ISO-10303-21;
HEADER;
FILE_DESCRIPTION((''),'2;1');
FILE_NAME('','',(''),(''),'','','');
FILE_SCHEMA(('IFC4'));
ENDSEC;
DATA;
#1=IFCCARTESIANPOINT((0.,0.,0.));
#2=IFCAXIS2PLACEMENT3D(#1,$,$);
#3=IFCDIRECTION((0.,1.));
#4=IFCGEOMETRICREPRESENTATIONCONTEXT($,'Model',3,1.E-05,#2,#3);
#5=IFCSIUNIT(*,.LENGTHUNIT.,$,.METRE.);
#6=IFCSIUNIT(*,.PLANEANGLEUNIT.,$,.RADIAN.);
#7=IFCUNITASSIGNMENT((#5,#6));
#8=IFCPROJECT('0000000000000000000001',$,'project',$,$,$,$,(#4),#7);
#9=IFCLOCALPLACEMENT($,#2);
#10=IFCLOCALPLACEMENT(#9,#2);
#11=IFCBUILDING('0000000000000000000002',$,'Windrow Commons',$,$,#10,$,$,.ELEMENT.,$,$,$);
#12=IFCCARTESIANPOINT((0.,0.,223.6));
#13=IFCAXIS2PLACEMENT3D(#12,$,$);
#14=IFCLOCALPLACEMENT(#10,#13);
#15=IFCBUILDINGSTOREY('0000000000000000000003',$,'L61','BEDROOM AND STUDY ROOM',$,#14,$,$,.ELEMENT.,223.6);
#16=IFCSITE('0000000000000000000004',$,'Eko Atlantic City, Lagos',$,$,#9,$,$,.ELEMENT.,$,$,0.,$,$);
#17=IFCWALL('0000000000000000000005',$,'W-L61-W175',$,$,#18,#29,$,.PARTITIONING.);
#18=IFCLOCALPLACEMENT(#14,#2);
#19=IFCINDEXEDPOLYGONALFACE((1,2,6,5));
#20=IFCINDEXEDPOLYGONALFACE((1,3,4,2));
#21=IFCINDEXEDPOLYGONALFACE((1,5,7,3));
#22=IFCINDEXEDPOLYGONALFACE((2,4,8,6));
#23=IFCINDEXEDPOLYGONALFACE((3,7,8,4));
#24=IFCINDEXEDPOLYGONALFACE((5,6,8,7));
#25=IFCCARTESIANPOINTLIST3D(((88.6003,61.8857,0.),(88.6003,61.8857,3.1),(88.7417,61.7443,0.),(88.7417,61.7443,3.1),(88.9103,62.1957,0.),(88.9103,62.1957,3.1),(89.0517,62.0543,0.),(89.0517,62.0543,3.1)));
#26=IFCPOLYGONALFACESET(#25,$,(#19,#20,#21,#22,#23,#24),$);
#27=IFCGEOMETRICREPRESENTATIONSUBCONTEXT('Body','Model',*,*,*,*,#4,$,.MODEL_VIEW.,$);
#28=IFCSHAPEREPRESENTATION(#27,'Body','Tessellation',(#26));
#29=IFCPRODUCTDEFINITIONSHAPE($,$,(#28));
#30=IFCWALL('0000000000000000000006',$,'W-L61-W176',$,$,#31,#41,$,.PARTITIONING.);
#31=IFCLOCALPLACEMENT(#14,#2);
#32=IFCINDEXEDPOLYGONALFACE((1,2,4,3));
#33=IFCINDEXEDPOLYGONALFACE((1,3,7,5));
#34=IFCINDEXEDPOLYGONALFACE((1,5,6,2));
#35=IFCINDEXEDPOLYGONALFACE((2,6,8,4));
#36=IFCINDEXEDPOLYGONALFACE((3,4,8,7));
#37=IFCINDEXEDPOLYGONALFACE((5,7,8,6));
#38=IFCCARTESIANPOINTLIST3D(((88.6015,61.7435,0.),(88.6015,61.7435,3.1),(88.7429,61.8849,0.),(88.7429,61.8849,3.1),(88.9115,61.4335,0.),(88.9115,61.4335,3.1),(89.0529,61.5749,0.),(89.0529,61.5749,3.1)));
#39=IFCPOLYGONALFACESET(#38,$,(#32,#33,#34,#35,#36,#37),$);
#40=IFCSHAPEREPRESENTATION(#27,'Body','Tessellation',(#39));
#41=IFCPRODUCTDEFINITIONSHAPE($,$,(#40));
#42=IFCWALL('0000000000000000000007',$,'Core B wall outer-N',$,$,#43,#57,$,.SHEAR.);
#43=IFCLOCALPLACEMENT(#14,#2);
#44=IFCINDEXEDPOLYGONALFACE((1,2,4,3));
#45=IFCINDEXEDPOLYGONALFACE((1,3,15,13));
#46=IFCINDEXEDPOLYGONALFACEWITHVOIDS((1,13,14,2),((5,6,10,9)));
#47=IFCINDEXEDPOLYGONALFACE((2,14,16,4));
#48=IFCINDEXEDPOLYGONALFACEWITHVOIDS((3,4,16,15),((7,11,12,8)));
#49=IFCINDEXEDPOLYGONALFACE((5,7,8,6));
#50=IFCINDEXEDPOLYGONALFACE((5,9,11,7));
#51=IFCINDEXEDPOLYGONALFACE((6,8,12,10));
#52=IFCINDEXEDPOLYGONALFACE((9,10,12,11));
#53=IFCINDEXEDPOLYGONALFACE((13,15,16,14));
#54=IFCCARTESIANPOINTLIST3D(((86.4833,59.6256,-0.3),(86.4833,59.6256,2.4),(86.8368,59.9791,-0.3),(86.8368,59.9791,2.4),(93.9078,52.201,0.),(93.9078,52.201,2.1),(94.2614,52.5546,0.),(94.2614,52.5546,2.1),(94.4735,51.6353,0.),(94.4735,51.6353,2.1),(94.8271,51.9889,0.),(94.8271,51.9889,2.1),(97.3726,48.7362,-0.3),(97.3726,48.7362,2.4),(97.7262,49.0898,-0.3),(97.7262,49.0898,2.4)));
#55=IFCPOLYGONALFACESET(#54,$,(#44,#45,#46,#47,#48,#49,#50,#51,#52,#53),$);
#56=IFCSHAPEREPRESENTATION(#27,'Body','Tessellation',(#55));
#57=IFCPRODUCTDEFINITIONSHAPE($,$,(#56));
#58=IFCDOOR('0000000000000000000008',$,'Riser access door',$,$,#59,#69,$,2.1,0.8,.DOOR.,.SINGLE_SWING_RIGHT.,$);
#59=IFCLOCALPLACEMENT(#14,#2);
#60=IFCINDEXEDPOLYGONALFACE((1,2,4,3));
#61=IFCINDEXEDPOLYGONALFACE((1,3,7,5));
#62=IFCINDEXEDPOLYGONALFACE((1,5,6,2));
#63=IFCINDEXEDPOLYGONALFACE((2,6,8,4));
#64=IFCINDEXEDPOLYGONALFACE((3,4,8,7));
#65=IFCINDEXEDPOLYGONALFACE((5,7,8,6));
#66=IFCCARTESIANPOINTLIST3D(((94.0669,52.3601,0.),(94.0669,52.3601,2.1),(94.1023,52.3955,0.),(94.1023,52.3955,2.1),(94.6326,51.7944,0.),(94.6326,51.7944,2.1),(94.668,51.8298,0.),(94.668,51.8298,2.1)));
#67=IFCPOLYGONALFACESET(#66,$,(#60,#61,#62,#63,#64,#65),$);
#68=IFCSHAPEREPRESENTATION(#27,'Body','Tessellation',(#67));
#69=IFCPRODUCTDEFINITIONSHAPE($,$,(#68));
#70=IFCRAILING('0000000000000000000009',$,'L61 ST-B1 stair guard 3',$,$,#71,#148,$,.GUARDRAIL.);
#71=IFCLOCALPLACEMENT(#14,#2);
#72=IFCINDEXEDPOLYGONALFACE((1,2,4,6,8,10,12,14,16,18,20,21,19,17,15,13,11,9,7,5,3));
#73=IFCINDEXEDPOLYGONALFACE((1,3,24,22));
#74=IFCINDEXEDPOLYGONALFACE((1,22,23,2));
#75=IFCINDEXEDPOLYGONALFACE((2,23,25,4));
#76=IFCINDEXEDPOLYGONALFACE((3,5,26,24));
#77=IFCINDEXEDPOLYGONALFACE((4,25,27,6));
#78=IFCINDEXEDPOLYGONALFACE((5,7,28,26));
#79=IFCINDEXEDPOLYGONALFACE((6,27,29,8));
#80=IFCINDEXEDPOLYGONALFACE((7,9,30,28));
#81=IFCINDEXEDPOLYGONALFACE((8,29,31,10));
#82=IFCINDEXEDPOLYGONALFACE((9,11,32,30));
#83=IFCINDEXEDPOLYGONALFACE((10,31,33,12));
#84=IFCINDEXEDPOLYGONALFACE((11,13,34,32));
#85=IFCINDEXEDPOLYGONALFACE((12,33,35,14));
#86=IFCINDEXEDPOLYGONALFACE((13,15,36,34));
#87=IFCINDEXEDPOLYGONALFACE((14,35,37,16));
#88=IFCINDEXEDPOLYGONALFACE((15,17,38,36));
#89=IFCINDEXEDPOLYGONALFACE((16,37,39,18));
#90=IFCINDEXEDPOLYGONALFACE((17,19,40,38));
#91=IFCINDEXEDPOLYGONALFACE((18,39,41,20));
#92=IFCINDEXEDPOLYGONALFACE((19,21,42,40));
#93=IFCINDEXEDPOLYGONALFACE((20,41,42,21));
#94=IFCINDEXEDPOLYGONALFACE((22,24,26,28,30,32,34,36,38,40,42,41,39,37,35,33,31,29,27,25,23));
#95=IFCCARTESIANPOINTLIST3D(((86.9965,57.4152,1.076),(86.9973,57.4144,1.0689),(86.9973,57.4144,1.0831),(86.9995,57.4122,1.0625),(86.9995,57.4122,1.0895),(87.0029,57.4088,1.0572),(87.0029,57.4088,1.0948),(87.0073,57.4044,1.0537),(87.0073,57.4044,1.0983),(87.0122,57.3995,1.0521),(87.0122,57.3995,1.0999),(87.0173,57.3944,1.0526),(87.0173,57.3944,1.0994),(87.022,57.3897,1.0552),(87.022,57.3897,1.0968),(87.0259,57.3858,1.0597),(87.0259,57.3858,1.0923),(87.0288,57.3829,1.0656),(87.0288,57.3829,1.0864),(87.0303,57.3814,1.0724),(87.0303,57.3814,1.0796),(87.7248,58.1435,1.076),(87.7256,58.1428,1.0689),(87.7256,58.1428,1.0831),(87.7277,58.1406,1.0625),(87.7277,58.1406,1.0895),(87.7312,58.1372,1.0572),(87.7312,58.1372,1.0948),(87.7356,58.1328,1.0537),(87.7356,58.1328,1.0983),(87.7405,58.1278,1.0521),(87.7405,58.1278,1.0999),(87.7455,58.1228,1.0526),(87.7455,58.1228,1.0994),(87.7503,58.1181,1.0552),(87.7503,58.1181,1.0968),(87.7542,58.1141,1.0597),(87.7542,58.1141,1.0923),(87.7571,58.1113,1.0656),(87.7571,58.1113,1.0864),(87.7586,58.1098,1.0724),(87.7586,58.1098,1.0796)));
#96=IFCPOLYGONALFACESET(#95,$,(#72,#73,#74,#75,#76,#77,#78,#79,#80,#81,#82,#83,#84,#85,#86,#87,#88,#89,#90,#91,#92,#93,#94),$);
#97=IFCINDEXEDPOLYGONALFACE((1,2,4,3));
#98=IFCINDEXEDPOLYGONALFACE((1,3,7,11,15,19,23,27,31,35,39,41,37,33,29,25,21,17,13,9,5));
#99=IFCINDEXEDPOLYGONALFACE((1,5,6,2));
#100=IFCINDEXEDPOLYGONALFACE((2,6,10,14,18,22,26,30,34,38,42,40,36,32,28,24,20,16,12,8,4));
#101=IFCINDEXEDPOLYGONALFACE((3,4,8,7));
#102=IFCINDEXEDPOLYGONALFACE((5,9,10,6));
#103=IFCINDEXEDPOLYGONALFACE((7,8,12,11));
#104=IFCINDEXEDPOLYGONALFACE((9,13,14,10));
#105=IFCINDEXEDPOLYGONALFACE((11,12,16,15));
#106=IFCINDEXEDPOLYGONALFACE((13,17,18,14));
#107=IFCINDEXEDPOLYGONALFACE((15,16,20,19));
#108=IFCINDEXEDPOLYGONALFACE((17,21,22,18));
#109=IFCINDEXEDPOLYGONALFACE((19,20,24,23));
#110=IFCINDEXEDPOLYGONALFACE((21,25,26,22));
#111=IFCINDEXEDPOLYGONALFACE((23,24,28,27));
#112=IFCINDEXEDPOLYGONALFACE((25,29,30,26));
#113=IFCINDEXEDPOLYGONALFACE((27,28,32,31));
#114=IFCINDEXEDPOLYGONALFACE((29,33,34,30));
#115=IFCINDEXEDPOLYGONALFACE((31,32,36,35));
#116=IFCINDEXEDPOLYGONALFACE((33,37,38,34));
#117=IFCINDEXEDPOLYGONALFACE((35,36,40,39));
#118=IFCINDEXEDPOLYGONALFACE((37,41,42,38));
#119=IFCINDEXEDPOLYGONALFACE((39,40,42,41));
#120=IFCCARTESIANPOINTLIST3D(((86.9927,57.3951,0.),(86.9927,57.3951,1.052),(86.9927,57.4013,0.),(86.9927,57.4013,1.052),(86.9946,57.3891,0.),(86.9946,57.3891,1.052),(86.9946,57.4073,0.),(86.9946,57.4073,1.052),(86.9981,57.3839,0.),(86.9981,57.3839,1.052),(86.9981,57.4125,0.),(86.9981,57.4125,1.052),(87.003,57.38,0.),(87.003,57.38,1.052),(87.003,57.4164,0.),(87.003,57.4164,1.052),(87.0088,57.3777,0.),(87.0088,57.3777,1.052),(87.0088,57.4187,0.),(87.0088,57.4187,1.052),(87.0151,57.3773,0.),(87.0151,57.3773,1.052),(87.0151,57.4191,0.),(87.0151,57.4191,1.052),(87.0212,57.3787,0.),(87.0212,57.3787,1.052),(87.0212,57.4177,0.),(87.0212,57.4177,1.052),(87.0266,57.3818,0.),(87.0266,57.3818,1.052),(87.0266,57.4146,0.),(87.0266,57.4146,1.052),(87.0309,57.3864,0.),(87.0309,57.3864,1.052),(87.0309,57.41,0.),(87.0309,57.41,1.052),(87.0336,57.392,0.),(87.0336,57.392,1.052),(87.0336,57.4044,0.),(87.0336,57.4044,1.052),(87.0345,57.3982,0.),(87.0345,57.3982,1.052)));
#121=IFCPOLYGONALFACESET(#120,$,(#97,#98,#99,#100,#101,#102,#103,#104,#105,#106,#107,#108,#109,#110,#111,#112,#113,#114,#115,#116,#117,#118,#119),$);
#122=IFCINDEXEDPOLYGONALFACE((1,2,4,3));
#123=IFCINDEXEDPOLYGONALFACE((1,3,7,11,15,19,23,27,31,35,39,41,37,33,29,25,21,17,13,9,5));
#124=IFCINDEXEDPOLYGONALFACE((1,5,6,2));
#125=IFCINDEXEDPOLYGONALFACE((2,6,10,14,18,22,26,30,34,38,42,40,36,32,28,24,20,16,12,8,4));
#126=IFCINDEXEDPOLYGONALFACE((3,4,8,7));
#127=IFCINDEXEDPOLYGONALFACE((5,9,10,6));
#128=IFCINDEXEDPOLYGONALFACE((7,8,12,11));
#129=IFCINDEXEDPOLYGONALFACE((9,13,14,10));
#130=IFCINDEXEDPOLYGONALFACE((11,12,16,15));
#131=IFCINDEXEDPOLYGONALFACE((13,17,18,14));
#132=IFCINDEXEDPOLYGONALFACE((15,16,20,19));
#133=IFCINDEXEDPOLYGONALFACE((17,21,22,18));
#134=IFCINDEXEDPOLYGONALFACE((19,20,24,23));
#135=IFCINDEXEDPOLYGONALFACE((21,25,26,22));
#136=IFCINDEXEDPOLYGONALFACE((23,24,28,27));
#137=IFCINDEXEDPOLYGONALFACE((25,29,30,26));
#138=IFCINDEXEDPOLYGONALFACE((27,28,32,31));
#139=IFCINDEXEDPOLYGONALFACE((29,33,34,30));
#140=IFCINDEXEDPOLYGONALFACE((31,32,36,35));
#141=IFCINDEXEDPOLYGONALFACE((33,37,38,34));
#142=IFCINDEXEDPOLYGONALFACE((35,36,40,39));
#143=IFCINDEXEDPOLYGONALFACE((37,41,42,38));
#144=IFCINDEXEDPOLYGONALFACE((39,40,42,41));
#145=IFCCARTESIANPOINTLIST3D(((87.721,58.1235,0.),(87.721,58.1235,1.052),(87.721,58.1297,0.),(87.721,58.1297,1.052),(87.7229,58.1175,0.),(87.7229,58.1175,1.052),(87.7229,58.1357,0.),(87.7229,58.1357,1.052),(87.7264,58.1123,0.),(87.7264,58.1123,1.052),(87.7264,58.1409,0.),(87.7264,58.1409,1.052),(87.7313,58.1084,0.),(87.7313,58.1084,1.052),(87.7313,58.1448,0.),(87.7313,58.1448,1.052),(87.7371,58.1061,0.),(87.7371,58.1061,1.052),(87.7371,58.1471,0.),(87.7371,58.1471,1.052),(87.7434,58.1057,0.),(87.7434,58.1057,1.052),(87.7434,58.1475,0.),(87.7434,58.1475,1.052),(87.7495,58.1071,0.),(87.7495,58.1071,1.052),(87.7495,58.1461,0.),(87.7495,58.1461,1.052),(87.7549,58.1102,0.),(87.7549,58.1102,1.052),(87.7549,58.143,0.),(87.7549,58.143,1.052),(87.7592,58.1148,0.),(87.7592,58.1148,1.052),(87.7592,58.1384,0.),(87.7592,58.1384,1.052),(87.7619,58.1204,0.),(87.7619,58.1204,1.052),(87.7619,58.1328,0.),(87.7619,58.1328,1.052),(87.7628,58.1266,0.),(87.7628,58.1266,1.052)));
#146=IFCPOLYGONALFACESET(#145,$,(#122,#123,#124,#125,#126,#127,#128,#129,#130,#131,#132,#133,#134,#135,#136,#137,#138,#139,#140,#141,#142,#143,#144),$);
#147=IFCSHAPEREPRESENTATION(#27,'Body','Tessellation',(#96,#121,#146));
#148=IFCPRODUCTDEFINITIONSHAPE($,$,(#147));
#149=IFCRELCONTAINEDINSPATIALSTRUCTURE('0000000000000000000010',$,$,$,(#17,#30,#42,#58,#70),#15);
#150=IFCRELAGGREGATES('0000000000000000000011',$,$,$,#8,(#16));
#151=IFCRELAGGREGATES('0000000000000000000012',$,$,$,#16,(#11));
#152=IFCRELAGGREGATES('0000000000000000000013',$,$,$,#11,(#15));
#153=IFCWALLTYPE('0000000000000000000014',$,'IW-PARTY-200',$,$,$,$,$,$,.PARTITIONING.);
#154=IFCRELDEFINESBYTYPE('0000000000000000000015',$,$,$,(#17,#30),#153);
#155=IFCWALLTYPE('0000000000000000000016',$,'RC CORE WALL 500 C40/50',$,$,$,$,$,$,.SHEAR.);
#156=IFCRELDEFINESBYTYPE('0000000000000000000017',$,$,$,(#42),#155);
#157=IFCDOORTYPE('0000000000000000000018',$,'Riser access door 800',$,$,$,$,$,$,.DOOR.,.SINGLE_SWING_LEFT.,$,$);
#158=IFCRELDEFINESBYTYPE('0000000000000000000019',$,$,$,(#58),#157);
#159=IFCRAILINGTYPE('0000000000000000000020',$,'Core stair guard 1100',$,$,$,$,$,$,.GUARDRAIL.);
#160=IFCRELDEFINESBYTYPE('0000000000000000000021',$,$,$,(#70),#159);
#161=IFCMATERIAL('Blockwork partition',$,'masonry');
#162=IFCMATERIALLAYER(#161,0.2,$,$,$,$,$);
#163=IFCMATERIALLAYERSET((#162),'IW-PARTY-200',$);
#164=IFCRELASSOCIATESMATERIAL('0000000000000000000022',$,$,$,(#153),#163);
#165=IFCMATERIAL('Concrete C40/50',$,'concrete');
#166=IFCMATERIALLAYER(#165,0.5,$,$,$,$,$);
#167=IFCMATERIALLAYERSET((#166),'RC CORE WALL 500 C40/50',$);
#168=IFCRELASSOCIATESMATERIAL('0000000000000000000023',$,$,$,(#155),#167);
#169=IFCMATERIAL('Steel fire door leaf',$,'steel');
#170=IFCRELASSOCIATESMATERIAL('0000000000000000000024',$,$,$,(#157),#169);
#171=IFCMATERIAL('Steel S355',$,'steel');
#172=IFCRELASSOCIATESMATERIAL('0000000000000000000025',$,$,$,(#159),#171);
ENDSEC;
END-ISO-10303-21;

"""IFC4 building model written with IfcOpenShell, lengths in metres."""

from ifc_helpers import new_model, si_unit, direction, frame, frame_2d, origin, origin_2d, place, context, subcontext, project, spatial, rectangle, circle, extrude, material, layer, layer_set, type_object, element, fill, save


model = new_model("IFC4")

# Units and contexts
model_context = context("Model", 3, precision=1e-05, world=origin(), true_north=direction((0.0, 1.0)))
body_context = subcontext(model_context, "Body", "Model", "MODEL_VIEW")
ifc_project = project(units=[si_unit("LENGTHUNIT", "METRE"), si_unit("PLANEANGLEUNIT", "RADIAN")], contexts=[model_context])

# Site, building, storey
site_placement = place(None, origin())
site = spatial("IfcSite", under=ifc_project, at=site_placement, Name="Eko Atlantic City, Lagos", CompositionType="ELEMENT", RefElevation=0.0)
building_placement = place(site_placement, origin())
building = spatial("IfcBuilding", under=site, at=building_placement, Name="Windrow Commons", CompositionType="ELEMENT")
storey_placement = place(building_placement, frame((0.0, 0.0, 223.6)))
storey = spatial("IfcBuildingStorey", under=building, at=storey_placement, Name="L61", Description="BEDROOM AND STUDY ROOM", CompositionType="ELEMENT", Elevation=223.6)

# Walls
ifc_material_1 = material(Name="Blockwork partition", Category="masonry")
ifc_layer_1 = layer(ifc_material_1, 0.2)
ifc_layer_set_1 = layer_set([ifc_layer_1], Name="IW-PARTY-200")
wall_type_1 = type_object("IfcWallType", Name="IW-PARTY-200", PredefinedType="PARTITIONING", material=ifc_layer_set_1)
for number, where, z_axis, x_axis, name in (
    (1, (88.671, 61.815, 0.0), (0.0, 0.0, 1.0), (0.707107, 0.707107, 0.0), "W-L61-W175"),
    (2, (88.6722, 61.8142, 0.0), (0.0, 0.0, 1.0), (0.707107, -0.707107, 0.0), "W-L61-W176"),
):
    element("IfcWall", number, at=place(storey_placement, frame(where, z_axis=z_axis, x_axis=x_axis)), inside=storey, type_object=wall_type_1, Name=name, PredefinedType="PARTITIONING", context=body_context, shape_type="SweptSolid", body=[
        extrude(rectangle(XDim=0.4384, YDim=0.2, at=frame_2d((0.2192, 0.0))), origin(), (0.0, 0.0, 1.0), 3.1),
    ])

# Wall, opening, door
ifc_material_2 = material(Name="Concrete C40/50", Category="concrete")
ifc_layer_2 = layer(ifc_material_2, 0.5)
ifc_layer_set_2 = layer_set([ifc_layer_2], Name="RC CORE WALL 500 C40/50")
wall_type_2 = type_object("IfcWallType", Name="RC CORE WALL 500 C40/50", PredefinedType="SHEAR", material=ifc_layer_set_2)
wall_1_placement = place(storey_placement, frame((86.66, 59.8024, -0.3), z_axis=(0.0, 0.0, 1.0), x_axis=(0.707107, -0.707107, 0.0)))
wall_1 = element("IfcWall", 3, at=wall_1_placement, inside=storey, type_object=wall_type_2, Name="Core B wall outer-N", PredefinedType="SHEAR", context=body_context, shape_type="SweptSolid", body=[
    extrude(rectangle(XDim=15.3999, YDim=0.5, at=frame_2d((7.7, 0.0))), origin(), (0.0, 0.0, 1.0), 2.7),
])
opening_1_placement = place(wall_1_placement, frame((10.5, 0.0, 0.3)))
opening_1 = element("IfcOpeningElement", 4, at=opening_1_placement, cuts=wall_1, PredefinedType="OPENING", context=body_context, shape_type="SweptSolid", body=[
    extrude(rectangle(XDim=0.8, YDim=2.1, at=frame_2d((0.4, 1.05))), frame((0.0, 0.26, 0.0), z_axis=(0.0, -1.0, 0.0), x_axis=(1.0, 0.0, 0.0)), (0.0, 0.0, 1.0), 0.52),
])
ifc_material_3 = material(Name="Steel fire door leaf", Category="steel")
door_type = type_object("IfcDoorType", Name="Riser access door 800", OperationType="SINGLE_SWING_LEFT", PredefinedType="DOOR", material=ifc_material_3)
door_placement = place(opening_1_placement, origin())
door = element("IfcDoor", 5, at=door_placement, inside=storey, type_object=door_type, Name="Riser access door", OperationType="SINGLE_SWING_RIGHT", OverallHeight=2.1, OverallWidth=0.8, PredefinedType="DOOR", context=body_context, shape_type="SweptSolid", body=[
    extrude(rectangle(XDim=0.8, YDim=2.1, at=frame_2d((0.4, 1.05))), frame((0.0, 0.025, 0.0), z_axis=(0.0, -1.0, 0.0), x_axis=(1.0, 0.0, 0.0)), (0.0, 0.0, 1.0), 0.05),
])
fill(opening_1, door)

# Railing
ifc_material_4 = material(Name="Steel S355", Category="steel")
railing_type = type_object("IfcRailingType", Name="Core stair guard 1100", PredefinedType="GUARDRAIL", material=ifc_material_4)
railing_placement = place(storey_placement, frame((87.0135, 57.3982, 0.0)))
element("IfcRailing", 6, at=railing_placement, inside=storey, type_object=railing_type, Name="L61 ST-B1 stair guard 3", PredefinedType="GUARDRAIL", context=body_context, shape_type="SweptSolid", body=[
    extrude(circle(Radius=0.024, at=origin_2d()), frame((0.0, 0.0, 1.076), z_axis=(0.707058, 0.707155, 0.0), x_axis=(-0.707155, 0.707058, 0.0)), (0.0, 0.0, 1.0), 1.03),
    extrude(circle(Radius=0.021, at=origin_2d()), origin(), (0.0, 0.0, 1.0), 1.052),
    extrude(circle(Radius=0.021, at=origin_2d()), frame((0.7283, 0.7284, 0.0)), (0.0, 0.0, 1.0), 1.052),
])

save(model, "model.ifc")
